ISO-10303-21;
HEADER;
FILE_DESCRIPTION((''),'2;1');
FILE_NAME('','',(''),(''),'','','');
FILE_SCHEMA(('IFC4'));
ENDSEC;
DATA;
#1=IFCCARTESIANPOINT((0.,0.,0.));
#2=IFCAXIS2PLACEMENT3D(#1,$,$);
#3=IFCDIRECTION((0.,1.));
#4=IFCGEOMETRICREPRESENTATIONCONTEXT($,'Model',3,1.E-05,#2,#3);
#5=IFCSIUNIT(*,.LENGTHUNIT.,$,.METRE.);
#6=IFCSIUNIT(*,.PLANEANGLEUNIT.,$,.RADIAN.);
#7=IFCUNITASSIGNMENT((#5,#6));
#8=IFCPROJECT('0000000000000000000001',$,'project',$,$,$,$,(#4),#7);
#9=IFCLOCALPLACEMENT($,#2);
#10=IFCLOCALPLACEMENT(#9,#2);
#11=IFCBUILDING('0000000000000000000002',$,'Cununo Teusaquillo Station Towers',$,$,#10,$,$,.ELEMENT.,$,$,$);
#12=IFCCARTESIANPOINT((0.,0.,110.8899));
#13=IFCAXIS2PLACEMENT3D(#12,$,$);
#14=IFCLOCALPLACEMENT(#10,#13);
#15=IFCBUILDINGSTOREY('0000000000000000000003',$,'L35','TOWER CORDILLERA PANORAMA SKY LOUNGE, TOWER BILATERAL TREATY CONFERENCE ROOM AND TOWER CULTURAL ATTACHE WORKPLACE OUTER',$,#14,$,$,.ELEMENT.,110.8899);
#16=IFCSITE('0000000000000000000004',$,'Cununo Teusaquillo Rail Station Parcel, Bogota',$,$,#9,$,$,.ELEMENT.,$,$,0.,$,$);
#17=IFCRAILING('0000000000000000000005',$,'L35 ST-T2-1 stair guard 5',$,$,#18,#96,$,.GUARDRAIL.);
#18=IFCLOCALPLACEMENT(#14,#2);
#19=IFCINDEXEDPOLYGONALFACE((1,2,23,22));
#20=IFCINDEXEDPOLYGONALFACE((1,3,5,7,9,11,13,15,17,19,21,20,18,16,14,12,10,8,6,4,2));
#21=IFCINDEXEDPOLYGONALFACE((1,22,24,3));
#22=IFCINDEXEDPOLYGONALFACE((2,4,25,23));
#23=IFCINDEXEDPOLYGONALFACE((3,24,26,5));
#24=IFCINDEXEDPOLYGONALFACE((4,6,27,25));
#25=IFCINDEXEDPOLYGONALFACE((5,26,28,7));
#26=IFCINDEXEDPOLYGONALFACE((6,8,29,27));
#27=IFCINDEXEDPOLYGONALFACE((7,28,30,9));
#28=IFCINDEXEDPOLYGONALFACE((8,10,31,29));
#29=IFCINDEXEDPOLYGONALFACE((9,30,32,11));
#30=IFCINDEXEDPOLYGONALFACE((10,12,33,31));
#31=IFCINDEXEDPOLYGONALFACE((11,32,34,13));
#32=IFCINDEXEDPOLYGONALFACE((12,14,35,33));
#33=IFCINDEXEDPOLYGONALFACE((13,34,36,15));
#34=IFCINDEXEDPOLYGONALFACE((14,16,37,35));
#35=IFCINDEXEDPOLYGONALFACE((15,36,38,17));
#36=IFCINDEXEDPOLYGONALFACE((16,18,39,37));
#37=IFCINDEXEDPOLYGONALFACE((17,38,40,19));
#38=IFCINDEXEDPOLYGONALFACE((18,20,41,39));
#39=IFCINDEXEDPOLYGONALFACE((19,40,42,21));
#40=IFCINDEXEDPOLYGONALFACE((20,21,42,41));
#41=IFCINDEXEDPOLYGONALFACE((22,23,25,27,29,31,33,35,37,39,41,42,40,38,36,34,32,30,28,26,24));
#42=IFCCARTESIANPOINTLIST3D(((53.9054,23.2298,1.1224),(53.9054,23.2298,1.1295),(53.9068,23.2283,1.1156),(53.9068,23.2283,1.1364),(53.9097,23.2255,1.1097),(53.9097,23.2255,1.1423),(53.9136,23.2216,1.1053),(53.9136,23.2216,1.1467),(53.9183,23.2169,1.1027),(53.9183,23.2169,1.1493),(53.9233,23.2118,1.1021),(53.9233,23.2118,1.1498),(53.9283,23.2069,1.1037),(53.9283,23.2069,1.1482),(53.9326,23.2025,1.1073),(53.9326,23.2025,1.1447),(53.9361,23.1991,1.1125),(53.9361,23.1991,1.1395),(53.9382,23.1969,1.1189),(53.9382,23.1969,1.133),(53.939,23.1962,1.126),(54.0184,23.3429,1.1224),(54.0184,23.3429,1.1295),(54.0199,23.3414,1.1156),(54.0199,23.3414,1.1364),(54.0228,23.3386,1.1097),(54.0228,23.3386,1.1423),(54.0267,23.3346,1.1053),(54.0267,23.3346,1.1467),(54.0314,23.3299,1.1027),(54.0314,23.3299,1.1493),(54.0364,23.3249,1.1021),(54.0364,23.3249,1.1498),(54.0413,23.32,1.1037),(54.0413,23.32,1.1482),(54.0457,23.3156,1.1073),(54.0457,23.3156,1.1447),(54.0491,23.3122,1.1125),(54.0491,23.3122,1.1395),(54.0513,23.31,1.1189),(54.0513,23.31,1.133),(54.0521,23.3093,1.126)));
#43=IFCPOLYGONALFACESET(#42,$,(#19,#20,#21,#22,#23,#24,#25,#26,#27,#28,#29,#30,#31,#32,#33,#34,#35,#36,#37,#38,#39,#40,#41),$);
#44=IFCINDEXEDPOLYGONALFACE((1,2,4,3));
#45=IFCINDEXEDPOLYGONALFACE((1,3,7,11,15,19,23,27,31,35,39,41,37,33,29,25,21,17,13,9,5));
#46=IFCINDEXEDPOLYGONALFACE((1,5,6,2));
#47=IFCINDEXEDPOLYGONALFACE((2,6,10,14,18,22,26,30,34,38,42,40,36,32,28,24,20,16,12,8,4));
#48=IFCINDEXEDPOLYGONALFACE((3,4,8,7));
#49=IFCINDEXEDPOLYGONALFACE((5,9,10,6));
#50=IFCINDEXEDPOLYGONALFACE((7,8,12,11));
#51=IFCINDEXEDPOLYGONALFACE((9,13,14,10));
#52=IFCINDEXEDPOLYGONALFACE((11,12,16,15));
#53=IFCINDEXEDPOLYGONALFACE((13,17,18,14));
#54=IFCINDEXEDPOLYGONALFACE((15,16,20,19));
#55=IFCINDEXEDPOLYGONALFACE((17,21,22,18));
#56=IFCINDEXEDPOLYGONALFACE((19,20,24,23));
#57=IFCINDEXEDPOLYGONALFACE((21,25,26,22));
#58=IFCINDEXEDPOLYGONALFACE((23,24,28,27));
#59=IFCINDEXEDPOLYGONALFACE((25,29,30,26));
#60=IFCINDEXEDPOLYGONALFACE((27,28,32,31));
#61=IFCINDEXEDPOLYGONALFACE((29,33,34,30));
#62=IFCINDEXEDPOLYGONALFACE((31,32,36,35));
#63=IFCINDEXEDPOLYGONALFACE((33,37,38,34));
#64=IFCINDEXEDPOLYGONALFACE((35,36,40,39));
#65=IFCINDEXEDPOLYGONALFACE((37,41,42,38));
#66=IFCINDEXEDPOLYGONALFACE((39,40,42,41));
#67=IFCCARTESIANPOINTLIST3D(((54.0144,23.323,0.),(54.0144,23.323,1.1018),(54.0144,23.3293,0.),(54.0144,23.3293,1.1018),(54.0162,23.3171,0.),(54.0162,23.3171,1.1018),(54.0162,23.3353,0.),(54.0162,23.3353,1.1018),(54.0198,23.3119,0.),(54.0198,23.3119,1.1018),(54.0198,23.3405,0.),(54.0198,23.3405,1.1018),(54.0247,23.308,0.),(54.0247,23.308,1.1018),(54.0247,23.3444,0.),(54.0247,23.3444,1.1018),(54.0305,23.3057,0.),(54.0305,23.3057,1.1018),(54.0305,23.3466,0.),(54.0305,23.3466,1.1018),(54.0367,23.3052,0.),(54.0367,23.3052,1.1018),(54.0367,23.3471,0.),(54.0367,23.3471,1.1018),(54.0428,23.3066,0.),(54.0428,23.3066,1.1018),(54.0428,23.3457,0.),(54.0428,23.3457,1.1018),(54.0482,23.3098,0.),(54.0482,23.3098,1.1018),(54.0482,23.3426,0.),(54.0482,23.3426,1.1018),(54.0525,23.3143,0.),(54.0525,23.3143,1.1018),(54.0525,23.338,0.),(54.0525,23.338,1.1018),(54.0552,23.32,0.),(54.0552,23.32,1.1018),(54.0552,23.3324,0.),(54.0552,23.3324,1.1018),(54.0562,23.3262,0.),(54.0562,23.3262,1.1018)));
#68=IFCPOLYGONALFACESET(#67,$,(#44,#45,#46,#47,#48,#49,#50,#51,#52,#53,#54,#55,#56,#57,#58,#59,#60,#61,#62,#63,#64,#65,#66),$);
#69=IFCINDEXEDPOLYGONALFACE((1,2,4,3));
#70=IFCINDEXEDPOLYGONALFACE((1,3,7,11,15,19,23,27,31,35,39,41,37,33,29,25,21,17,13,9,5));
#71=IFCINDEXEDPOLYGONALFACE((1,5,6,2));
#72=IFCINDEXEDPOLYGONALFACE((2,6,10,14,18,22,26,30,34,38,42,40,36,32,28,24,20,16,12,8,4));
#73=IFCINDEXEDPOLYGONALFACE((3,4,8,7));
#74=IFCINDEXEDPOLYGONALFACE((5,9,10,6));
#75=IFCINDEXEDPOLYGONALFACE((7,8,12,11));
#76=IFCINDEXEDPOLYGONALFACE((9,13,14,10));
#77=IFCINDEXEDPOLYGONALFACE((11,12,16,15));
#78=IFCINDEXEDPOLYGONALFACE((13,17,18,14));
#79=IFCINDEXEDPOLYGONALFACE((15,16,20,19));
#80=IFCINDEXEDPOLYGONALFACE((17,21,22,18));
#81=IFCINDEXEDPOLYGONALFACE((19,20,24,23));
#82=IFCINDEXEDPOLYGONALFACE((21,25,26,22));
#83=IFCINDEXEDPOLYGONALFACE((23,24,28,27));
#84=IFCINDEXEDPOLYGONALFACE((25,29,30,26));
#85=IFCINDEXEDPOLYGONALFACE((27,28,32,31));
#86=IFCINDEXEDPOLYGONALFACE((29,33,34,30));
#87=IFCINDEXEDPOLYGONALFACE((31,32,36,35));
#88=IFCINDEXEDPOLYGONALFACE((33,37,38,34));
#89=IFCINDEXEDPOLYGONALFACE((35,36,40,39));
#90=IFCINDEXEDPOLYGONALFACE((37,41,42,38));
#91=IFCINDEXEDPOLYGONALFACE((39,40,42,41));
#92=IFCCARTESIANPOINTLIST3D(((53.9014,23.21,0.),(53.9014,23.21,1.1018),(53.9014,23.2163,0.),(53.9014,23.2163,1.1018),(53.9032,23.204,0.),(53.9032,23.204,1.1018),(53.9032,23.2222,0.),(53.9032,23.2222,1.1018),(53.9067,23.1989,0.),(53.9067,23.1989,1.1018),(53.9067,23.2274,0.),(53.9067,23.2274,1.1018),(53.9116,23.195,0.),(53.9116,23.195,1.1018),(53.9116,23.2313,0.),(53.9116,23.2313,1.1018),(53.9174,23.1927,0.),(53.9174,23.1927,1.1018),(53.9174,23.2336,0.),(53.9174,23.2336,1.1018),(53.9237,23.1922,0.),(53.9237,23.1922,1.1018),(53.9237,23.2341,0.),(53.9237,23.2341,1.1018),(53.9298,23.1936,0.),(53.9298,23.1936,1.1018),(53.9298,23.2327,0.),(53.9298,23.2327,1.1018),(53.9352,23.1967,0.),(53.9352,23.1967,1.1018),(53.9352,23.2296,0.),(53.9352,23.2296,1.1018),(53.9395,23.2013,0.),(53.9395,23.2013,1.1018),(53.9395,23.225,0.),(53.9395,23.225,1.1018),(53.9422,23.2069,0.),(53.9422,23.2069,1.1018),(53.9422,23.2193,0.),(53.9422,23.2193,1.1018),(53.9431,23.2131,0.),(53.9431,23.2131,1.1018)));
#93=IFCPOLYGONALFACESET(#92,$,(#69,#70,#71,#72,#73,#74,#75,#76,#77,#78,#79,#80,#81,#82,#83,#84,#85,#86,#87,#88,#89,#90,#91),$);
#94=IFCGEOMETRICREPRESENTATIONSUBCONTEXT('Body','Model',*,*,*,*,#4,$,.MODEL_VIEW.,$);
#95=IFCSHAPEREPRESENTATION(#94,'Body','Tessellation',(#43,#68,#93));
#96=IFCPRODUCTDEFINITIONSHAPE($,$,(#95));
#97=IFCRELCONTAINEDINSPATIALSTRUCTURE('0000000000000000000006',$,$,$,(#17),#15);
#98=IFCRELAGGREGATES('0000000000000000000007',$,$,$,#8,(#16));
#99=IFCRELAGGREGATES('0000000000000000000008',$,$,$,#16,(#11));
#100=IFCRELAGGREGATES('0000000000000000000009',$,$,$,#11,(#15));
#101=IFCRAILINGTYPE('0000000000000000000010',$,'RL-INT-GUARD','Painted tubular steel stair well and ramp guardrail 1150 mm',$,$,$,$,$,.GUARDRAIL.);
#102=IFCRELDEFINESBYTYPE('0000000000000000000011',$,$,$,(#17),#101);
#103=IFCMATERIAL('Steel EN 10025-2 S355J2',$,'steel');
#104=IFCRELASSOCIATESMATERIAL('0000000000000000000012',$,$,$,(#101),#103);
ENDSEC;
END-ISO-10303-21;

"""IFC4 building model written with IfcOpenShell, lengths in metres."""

from ifc_helpers import new_model, si_unit, direction, frame, origin, origin_2d, place, context, subcontext, project, spatial, circle, extrude, material, type_object, element, save


model = new_model("IFC4")

# Units and contexts
model_context = context("Model", 3, precision=1e-05, world=origin(), true_north=direction((0.0, 1.0)))
body_context = subcontext(model_context, "Body", "Model", "MODEL_VIEW")
ifc_project = project(units=[si_unit("LENGTHUNIT", "METRE"), si_unit("PLANEANGLEUNIT", "RADIAN")], contexts=[model_context])

# Site, building, storey
site_placement = place(None, origin())
site = spatial("IfcSite", under=ifc_project, at=site_placement, Name="Cununo Teusaquillo Rail Station Parcel, Bogota", CompositionType="ELEMENT", RefElevation=0.0)
building_placement = place(site_placement, origin())
building = spatial("IfcBuilding", under=site, at=building_placement, Name="Cununo Teusaquillo Station Towers", CompositionType="ELEMENT")
storey_placement = place(building_placement, frame((0.0, 0.0, 110.8899)))
storey = spatial("IfcBuildingStorey", under=building, at=storey_placement, Name="L35", Description="TOWER CORDILLERA PANORAMA SKY LOUNGE, TOWER BILATERAL TREATY CONFERENCE ROOM AND TOWER CULTURAL ATTACHE WORKPLACE OUTER", CompositionType="ELEMENT", Elevation=110.8899)

# Railing
ifc_material_1 = material(Name="Steel EN 10025-2 S355J2", Category="steel")
railing_type_1 = type_object("IfcRailingType", Name="RL-INT-GUARD", Description="Painted tubular steel stair well and ramp guardrail 1150 mm", PredefinedType="GUARDRAIL", material=ifc_material_1)
railing_1_placement = place(storey_placement, frame((54.0352, 23.3262, 0.0)))
element("IfcRailing", 1, at=railing_1_placement, inside=storey, type_object=railing_type_1, Name="L35 ST-T2-1 stair guard 5", PredefinedType="GUARDRAIL", context=body_context, shape_type="SweptSolid", body=[
    extrude(circle(Radius=0.0239, at=origin_2d()), frame((0.0, 0.0, 1.126), z_axis=(-0.707107, -0.707107, 0.0), x_axis=(0.707107, -0.707107, 0.0)), (0.0, 0.0, 1.0), 0.1599),
    extrude(circle(Radius=0.021, at=origin_2d()), origin(), (0.0, 0.0, 1.0), 1.1018),
    extrude(circle(Radius=0.021, at=origin_2d()), frame((-0.113, -0.113, 0.0)), (0.0, 0.0, 1.0), 1.1018),
])

save(model, "model.ifc")
